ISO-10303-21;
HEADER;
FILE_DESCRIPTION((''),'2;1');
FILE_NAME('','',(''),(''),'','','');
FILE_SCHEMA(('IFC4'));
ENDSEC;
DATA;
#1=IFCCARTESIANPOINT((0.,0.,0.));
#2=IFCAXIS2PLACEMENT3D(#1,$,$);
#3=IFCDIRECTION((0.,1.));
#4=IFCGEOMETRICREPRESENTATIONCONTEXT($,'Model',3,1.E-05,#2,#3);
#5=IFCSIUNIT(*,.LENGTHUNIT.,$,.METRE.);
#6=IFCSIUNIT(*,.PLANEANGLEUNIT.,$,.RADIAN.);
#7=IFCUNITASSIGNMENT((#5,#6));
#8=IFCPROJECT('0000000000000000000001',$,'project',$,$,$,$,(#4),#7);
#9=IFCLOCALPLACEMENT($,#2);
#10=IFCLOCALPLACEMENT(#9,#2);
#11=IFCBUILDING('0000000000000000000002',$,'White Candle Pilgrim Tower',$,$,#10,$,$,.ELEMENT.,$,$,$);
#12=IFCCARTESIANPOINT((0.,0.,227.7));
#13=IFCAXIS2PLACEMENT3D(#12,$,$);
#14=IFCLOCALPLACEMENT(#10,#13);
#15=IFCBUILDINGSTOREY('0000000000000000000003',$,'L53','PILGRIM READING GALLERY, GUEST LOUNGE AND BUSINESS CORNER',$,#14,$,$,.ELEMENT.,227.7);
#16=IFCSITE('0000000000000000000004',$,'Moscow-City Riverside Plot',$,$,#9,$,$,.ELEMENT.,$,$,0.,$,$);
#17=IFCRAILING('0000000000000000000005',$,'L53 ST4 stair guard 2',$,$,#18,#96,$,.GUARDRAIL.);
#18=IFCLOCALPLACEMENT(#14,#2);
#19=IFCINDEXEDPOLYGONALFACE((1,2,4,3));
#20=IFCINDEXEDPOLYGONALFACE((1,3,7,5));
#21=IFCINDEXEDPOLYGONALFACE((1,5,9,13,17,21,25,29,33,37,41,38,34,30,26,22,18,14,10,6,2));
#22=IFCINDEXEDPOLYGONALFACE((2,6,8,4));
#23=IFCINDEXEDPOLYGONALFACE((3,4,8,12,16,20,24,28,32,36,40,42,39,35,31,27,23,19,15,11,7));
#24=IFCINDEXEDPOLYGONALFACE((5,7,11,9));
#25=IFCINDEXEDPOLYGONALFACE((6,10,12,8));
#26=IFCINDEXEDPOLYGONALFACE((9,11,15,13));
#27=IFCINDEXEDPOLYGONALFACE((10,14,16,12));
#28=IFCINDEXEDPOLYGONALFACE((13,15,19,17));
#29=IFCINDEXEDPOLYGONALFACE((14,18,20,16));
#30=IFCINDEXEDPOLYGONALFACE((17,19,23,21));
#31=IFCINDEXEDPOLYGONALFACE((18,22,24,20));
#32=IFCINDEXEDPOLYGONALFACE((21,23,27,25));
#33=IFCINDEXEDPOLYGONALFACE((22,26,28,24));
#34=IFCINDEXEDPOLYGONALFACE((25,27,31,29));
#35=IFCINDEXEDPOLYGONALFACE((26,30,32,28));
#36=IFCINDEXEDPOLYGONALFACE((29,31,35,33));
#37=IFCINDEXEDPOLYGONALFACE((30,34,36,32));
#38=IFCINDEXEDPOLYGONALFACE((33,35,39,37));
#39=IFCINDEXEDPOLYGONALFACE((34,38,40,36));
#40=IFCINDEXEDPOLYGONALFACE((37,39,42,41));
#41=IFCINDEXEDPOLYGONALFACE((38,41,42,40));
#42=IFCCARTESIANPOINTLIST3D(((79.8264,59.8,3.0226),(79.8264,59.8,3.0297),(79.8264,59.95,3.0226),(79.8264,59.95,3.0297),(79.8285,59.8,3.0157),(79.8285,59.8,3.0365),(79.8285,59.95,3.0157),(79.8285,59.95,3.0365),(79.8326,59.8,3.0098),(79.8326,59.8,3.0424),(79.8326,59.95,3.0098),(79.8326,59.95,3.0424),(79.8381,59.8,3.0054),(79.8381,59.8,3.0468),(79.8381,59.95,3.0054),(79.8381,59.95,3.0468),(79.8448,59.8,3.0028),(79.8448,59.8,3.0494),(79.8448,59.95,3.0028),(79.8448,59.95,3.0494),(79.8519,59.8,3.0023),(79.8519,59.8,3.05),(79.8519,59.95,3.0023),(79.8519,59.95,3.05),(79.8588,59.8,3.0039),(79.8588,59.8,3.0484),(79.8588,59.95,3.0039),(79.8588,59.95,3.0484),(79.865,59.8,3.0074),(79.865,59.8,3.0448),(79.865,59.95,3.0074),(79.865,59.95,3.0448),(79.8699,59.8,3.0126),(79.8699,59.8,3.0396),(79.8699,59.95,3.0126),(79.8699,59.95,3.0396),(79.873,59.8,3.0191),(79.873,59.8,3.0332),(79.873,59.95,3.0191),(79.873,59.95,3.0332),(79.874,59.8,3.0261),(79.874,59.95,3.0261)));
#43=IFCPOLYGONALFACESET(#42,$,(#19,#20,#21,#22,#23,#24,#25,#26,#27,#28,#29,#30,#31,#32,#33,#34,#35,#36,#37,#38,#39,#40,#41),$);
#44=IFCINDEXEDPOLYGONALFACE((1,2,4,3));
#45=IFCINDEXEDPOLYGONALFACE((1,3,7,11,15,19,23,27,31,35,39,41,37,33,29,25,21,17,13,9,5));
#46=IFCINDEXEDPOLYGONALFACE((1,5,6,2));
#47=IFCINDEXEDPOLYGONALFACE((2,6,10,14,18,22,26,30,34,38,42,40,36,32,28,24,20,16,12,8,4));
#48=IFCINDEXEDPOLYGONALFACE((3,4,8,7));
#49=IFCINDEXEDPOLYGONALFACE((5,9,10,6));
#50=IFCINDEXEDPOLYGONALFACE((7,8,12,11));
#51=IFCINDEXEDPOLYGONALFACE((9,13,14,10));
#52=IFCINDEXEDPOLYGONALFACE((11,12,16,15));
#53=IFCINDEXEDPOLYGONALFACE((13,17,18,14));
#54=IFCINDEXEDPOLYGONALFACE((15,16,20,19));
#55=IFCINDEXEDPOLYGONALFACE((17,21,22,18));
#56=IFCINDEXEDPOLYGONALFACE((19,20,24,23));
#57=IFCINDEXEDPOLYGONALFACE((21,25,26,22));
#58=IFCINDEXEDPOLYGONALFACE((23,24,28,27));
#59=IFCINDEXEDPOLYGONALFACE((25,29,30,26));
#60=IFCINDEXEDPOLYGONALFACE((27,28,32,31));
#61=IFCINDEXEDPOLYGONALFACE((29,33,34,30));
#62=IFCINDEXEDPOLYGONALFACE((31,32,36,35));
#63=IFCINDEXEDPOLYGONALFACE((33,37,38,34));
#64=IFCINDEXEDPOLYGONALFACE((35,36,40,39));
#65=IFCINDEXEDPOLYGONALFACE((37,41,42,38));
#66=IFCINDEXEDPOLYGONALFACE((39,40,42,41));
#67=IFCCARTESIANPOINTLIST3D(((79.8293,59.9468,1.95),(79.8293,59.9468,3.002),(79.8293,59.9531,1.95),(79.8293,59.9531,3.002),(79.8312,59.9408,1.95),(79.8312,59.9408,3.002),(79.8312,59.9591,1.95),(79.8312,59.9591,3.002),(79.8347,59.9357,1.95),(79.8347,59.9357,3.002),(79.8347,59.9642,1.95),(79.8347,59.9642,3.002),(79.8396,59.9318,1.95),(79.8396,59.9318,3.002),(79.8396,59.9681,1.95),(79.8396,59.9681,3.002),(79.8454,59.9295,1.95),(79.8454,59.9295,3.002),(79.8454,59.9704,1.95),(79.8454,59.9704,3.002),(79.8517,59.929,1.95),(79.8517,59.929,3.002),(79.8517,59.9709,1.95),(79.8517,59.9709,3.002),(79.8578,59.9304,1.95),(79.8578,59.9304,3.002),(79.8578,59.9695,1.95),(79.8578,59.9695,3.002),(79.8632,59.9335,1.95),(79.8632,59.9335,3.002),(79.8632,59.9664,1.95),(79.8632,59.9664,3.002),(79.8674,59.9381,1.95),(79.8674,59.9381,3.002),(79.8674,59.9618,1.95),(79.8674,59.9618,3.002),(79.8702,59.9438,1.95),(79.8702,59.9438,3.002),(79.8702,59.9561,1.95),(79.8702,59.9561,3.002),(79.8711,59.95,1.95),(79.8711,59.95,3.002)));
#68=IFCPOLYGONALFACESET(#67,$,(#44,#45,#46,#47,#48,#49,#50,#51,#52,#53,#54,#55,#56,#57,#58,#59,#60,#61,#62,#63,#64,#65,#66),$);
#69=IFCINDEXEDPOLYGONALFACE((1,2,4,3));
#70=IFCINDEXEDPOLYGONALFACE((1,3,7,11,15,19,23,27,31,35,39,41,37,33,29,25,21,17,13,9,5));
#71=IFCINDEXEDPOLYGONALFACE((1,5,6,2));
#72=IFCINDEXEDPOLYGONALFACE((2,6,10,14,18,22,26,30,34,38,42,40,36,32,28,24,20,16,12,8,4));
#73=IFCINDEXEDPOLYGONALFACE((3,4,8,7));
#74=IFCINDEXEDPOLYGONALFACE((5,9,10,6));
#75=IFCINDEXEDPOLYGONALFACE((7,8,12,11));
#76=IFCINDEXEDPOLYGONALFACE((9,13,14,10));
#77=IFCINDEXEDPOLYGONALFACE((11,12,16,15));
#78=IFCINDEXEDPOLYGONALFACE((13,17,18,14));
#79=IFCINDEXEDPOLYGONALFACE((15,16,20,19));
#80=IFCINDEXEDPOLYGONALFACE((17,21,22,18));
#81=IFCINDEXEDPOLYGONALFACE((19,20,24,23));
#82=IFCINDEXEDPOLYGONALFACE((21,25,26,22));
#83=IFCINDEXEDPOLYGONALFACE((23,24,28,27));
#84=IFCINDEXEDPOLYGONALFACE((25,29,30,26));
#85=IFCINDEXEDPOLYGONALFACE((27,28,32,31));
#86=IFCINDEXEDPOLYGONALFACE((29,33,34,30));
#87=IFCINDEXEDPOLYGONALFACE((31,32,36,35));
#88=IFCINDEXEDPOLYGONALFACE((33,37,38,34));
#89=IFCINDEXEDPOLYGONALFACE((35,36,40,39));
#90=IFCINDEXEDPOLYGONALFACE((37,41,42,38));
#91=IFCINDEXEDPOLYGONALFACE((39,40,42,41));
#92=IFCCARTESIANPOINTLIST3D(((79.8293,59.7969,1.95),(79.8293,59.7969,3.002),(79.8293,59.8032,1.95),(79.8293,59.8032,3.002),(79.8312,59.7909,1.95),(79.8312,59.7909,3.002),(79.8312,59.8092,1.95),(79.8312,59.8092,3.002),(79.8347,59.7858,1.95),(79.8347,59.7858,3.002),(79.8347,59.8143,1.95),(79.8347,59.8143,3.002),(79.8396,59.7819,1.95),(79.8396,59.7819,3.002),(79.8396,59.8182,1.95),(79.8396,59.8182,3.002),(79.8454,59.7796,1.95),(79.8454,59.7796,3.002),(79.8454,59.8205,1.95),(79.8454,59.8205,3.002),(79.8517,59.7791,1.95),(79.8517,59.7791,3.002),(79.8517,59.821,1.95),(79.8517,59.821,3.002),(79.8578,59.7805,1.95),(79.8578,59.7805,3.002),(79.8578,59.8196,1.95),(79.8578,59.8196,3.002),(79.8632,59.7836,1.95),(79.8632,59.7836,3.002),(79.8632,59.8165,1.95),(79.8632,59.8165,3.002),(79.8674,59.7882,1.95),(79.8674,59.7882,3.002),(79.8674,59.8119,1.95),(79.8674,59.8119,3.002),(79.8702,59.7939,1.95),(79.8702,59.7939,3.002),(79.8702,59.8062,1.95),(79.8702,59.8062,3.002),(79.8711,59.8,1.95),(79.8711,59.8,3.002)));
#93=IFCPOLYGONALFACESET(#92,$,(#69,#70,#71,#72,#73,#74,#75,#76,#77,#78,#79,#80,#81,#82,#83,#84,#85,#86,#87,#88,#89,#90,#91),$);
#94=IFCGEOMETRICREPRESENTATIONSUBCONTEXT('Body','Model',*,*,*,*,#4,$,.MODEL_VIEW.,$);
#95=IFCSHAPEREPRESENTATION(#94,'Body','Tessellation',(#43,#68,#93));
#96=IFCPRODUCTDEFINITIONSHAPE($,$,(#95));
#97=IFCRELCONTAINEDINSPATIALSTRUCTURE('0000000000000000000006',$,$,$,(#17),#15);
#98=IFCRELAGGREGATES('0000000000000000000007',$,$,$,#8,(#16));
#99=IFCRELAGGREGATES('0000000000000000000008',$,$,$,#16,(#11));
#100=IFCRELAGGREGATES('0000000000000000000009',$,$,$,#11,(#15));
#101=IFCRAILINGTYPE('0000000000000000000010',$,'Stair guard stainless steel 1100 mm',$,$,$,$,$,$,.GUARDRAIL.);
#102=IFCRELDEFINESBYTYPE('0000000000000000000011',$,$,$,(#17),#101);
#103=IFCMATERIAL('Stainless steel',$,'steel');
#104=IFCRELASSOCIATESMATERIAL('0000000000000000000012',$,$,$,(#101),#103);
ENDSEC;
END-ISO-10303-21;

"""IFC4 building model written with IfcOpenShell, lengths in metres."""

from ifc_helpers import new_model, si_unit, direction, frame, origin, origin_2d, place, context, subcontext, project, spatial, circle, extrude, material, type_object, element, save


model = new_model("IFC4")

# Units and contexts
model_context = context("Model", 3, precision=1e-05, world=origin(), true_north=direction((0.0, 1.0)))
body_context = subcontext(model_context, "Body", "Model", "MODEL_VIEW")
ifc_project = project(units=[si_unit("LENGTHUNIT", "METRE"), si_unit("PLANEANGLEUNIT", "RADIAN")], contexts=[model_context])

# Site, building, storey
site_placement = place(None, origin())
site = spatial("IfcSite", under=ifc_project, at=site_placement, Name="Moscow-City Riverside Plot", CompositionType="ELEMENT", RefElevation=0.0)
building_placement = place(site_placement, origin())
building = spatial("IfcBuilding", under=site, at=building_placement, Name="White Candle Pilgrim Tower", CompositionType="ELEMENT")
storey_placement = place(building_placement, frame((0.0, 0.0, 227.7)))
storey = spatial("IfcBuildingStorey", under=building, at=storey_placement, Name="L53", Description="PILGRIM READING GALLERY, GUEST LOUNGE AND BUSINESS CORNER", CompositionType="ELEMENT", Elevation=227.7)

# Railing
ifc_material_1 = material(Name="Stainless steel", Category="steel")
railing_type_1 = type_object("IfcRailingType", Name="Stair guard stainless steel 1100 mm", PredefinedType="GUARDRAIL", material=ifc_material_1)
railing_1_placement = place(storey_placement, frame((79.8501, 59.95, 1.95)))
element("IfcRailing", 1, at=railing_1_placement, inside=storey, type_object=railing_type_1, Name="L53 ST4 stair guard 2", PredefinedType="GUARDRAIL", context=body_context, shape_type="SweptSolid", body=[
    extrude(circle(Radius=0.0239, at=origin_2d()), frame((0.0, 0.0, 1.0762), z_axis=(0.0, -1.0, 0.0), x_axis=(1.0, 0.0, 0.0)), (0.0, 0.0, 1.0), 0.1499),
    extrude(circle(Radius=0.021, at=origin_2d()), origin(), (0.0, 0.0, 1.0), 1.052),
    extrude(circle(Radius=0.021, at=origin_2d()), frame((0.0, -0.1499, 0.0)), (0.0, 0.0, 1.0), 1.052),
])

save(model, "model.ifc")
